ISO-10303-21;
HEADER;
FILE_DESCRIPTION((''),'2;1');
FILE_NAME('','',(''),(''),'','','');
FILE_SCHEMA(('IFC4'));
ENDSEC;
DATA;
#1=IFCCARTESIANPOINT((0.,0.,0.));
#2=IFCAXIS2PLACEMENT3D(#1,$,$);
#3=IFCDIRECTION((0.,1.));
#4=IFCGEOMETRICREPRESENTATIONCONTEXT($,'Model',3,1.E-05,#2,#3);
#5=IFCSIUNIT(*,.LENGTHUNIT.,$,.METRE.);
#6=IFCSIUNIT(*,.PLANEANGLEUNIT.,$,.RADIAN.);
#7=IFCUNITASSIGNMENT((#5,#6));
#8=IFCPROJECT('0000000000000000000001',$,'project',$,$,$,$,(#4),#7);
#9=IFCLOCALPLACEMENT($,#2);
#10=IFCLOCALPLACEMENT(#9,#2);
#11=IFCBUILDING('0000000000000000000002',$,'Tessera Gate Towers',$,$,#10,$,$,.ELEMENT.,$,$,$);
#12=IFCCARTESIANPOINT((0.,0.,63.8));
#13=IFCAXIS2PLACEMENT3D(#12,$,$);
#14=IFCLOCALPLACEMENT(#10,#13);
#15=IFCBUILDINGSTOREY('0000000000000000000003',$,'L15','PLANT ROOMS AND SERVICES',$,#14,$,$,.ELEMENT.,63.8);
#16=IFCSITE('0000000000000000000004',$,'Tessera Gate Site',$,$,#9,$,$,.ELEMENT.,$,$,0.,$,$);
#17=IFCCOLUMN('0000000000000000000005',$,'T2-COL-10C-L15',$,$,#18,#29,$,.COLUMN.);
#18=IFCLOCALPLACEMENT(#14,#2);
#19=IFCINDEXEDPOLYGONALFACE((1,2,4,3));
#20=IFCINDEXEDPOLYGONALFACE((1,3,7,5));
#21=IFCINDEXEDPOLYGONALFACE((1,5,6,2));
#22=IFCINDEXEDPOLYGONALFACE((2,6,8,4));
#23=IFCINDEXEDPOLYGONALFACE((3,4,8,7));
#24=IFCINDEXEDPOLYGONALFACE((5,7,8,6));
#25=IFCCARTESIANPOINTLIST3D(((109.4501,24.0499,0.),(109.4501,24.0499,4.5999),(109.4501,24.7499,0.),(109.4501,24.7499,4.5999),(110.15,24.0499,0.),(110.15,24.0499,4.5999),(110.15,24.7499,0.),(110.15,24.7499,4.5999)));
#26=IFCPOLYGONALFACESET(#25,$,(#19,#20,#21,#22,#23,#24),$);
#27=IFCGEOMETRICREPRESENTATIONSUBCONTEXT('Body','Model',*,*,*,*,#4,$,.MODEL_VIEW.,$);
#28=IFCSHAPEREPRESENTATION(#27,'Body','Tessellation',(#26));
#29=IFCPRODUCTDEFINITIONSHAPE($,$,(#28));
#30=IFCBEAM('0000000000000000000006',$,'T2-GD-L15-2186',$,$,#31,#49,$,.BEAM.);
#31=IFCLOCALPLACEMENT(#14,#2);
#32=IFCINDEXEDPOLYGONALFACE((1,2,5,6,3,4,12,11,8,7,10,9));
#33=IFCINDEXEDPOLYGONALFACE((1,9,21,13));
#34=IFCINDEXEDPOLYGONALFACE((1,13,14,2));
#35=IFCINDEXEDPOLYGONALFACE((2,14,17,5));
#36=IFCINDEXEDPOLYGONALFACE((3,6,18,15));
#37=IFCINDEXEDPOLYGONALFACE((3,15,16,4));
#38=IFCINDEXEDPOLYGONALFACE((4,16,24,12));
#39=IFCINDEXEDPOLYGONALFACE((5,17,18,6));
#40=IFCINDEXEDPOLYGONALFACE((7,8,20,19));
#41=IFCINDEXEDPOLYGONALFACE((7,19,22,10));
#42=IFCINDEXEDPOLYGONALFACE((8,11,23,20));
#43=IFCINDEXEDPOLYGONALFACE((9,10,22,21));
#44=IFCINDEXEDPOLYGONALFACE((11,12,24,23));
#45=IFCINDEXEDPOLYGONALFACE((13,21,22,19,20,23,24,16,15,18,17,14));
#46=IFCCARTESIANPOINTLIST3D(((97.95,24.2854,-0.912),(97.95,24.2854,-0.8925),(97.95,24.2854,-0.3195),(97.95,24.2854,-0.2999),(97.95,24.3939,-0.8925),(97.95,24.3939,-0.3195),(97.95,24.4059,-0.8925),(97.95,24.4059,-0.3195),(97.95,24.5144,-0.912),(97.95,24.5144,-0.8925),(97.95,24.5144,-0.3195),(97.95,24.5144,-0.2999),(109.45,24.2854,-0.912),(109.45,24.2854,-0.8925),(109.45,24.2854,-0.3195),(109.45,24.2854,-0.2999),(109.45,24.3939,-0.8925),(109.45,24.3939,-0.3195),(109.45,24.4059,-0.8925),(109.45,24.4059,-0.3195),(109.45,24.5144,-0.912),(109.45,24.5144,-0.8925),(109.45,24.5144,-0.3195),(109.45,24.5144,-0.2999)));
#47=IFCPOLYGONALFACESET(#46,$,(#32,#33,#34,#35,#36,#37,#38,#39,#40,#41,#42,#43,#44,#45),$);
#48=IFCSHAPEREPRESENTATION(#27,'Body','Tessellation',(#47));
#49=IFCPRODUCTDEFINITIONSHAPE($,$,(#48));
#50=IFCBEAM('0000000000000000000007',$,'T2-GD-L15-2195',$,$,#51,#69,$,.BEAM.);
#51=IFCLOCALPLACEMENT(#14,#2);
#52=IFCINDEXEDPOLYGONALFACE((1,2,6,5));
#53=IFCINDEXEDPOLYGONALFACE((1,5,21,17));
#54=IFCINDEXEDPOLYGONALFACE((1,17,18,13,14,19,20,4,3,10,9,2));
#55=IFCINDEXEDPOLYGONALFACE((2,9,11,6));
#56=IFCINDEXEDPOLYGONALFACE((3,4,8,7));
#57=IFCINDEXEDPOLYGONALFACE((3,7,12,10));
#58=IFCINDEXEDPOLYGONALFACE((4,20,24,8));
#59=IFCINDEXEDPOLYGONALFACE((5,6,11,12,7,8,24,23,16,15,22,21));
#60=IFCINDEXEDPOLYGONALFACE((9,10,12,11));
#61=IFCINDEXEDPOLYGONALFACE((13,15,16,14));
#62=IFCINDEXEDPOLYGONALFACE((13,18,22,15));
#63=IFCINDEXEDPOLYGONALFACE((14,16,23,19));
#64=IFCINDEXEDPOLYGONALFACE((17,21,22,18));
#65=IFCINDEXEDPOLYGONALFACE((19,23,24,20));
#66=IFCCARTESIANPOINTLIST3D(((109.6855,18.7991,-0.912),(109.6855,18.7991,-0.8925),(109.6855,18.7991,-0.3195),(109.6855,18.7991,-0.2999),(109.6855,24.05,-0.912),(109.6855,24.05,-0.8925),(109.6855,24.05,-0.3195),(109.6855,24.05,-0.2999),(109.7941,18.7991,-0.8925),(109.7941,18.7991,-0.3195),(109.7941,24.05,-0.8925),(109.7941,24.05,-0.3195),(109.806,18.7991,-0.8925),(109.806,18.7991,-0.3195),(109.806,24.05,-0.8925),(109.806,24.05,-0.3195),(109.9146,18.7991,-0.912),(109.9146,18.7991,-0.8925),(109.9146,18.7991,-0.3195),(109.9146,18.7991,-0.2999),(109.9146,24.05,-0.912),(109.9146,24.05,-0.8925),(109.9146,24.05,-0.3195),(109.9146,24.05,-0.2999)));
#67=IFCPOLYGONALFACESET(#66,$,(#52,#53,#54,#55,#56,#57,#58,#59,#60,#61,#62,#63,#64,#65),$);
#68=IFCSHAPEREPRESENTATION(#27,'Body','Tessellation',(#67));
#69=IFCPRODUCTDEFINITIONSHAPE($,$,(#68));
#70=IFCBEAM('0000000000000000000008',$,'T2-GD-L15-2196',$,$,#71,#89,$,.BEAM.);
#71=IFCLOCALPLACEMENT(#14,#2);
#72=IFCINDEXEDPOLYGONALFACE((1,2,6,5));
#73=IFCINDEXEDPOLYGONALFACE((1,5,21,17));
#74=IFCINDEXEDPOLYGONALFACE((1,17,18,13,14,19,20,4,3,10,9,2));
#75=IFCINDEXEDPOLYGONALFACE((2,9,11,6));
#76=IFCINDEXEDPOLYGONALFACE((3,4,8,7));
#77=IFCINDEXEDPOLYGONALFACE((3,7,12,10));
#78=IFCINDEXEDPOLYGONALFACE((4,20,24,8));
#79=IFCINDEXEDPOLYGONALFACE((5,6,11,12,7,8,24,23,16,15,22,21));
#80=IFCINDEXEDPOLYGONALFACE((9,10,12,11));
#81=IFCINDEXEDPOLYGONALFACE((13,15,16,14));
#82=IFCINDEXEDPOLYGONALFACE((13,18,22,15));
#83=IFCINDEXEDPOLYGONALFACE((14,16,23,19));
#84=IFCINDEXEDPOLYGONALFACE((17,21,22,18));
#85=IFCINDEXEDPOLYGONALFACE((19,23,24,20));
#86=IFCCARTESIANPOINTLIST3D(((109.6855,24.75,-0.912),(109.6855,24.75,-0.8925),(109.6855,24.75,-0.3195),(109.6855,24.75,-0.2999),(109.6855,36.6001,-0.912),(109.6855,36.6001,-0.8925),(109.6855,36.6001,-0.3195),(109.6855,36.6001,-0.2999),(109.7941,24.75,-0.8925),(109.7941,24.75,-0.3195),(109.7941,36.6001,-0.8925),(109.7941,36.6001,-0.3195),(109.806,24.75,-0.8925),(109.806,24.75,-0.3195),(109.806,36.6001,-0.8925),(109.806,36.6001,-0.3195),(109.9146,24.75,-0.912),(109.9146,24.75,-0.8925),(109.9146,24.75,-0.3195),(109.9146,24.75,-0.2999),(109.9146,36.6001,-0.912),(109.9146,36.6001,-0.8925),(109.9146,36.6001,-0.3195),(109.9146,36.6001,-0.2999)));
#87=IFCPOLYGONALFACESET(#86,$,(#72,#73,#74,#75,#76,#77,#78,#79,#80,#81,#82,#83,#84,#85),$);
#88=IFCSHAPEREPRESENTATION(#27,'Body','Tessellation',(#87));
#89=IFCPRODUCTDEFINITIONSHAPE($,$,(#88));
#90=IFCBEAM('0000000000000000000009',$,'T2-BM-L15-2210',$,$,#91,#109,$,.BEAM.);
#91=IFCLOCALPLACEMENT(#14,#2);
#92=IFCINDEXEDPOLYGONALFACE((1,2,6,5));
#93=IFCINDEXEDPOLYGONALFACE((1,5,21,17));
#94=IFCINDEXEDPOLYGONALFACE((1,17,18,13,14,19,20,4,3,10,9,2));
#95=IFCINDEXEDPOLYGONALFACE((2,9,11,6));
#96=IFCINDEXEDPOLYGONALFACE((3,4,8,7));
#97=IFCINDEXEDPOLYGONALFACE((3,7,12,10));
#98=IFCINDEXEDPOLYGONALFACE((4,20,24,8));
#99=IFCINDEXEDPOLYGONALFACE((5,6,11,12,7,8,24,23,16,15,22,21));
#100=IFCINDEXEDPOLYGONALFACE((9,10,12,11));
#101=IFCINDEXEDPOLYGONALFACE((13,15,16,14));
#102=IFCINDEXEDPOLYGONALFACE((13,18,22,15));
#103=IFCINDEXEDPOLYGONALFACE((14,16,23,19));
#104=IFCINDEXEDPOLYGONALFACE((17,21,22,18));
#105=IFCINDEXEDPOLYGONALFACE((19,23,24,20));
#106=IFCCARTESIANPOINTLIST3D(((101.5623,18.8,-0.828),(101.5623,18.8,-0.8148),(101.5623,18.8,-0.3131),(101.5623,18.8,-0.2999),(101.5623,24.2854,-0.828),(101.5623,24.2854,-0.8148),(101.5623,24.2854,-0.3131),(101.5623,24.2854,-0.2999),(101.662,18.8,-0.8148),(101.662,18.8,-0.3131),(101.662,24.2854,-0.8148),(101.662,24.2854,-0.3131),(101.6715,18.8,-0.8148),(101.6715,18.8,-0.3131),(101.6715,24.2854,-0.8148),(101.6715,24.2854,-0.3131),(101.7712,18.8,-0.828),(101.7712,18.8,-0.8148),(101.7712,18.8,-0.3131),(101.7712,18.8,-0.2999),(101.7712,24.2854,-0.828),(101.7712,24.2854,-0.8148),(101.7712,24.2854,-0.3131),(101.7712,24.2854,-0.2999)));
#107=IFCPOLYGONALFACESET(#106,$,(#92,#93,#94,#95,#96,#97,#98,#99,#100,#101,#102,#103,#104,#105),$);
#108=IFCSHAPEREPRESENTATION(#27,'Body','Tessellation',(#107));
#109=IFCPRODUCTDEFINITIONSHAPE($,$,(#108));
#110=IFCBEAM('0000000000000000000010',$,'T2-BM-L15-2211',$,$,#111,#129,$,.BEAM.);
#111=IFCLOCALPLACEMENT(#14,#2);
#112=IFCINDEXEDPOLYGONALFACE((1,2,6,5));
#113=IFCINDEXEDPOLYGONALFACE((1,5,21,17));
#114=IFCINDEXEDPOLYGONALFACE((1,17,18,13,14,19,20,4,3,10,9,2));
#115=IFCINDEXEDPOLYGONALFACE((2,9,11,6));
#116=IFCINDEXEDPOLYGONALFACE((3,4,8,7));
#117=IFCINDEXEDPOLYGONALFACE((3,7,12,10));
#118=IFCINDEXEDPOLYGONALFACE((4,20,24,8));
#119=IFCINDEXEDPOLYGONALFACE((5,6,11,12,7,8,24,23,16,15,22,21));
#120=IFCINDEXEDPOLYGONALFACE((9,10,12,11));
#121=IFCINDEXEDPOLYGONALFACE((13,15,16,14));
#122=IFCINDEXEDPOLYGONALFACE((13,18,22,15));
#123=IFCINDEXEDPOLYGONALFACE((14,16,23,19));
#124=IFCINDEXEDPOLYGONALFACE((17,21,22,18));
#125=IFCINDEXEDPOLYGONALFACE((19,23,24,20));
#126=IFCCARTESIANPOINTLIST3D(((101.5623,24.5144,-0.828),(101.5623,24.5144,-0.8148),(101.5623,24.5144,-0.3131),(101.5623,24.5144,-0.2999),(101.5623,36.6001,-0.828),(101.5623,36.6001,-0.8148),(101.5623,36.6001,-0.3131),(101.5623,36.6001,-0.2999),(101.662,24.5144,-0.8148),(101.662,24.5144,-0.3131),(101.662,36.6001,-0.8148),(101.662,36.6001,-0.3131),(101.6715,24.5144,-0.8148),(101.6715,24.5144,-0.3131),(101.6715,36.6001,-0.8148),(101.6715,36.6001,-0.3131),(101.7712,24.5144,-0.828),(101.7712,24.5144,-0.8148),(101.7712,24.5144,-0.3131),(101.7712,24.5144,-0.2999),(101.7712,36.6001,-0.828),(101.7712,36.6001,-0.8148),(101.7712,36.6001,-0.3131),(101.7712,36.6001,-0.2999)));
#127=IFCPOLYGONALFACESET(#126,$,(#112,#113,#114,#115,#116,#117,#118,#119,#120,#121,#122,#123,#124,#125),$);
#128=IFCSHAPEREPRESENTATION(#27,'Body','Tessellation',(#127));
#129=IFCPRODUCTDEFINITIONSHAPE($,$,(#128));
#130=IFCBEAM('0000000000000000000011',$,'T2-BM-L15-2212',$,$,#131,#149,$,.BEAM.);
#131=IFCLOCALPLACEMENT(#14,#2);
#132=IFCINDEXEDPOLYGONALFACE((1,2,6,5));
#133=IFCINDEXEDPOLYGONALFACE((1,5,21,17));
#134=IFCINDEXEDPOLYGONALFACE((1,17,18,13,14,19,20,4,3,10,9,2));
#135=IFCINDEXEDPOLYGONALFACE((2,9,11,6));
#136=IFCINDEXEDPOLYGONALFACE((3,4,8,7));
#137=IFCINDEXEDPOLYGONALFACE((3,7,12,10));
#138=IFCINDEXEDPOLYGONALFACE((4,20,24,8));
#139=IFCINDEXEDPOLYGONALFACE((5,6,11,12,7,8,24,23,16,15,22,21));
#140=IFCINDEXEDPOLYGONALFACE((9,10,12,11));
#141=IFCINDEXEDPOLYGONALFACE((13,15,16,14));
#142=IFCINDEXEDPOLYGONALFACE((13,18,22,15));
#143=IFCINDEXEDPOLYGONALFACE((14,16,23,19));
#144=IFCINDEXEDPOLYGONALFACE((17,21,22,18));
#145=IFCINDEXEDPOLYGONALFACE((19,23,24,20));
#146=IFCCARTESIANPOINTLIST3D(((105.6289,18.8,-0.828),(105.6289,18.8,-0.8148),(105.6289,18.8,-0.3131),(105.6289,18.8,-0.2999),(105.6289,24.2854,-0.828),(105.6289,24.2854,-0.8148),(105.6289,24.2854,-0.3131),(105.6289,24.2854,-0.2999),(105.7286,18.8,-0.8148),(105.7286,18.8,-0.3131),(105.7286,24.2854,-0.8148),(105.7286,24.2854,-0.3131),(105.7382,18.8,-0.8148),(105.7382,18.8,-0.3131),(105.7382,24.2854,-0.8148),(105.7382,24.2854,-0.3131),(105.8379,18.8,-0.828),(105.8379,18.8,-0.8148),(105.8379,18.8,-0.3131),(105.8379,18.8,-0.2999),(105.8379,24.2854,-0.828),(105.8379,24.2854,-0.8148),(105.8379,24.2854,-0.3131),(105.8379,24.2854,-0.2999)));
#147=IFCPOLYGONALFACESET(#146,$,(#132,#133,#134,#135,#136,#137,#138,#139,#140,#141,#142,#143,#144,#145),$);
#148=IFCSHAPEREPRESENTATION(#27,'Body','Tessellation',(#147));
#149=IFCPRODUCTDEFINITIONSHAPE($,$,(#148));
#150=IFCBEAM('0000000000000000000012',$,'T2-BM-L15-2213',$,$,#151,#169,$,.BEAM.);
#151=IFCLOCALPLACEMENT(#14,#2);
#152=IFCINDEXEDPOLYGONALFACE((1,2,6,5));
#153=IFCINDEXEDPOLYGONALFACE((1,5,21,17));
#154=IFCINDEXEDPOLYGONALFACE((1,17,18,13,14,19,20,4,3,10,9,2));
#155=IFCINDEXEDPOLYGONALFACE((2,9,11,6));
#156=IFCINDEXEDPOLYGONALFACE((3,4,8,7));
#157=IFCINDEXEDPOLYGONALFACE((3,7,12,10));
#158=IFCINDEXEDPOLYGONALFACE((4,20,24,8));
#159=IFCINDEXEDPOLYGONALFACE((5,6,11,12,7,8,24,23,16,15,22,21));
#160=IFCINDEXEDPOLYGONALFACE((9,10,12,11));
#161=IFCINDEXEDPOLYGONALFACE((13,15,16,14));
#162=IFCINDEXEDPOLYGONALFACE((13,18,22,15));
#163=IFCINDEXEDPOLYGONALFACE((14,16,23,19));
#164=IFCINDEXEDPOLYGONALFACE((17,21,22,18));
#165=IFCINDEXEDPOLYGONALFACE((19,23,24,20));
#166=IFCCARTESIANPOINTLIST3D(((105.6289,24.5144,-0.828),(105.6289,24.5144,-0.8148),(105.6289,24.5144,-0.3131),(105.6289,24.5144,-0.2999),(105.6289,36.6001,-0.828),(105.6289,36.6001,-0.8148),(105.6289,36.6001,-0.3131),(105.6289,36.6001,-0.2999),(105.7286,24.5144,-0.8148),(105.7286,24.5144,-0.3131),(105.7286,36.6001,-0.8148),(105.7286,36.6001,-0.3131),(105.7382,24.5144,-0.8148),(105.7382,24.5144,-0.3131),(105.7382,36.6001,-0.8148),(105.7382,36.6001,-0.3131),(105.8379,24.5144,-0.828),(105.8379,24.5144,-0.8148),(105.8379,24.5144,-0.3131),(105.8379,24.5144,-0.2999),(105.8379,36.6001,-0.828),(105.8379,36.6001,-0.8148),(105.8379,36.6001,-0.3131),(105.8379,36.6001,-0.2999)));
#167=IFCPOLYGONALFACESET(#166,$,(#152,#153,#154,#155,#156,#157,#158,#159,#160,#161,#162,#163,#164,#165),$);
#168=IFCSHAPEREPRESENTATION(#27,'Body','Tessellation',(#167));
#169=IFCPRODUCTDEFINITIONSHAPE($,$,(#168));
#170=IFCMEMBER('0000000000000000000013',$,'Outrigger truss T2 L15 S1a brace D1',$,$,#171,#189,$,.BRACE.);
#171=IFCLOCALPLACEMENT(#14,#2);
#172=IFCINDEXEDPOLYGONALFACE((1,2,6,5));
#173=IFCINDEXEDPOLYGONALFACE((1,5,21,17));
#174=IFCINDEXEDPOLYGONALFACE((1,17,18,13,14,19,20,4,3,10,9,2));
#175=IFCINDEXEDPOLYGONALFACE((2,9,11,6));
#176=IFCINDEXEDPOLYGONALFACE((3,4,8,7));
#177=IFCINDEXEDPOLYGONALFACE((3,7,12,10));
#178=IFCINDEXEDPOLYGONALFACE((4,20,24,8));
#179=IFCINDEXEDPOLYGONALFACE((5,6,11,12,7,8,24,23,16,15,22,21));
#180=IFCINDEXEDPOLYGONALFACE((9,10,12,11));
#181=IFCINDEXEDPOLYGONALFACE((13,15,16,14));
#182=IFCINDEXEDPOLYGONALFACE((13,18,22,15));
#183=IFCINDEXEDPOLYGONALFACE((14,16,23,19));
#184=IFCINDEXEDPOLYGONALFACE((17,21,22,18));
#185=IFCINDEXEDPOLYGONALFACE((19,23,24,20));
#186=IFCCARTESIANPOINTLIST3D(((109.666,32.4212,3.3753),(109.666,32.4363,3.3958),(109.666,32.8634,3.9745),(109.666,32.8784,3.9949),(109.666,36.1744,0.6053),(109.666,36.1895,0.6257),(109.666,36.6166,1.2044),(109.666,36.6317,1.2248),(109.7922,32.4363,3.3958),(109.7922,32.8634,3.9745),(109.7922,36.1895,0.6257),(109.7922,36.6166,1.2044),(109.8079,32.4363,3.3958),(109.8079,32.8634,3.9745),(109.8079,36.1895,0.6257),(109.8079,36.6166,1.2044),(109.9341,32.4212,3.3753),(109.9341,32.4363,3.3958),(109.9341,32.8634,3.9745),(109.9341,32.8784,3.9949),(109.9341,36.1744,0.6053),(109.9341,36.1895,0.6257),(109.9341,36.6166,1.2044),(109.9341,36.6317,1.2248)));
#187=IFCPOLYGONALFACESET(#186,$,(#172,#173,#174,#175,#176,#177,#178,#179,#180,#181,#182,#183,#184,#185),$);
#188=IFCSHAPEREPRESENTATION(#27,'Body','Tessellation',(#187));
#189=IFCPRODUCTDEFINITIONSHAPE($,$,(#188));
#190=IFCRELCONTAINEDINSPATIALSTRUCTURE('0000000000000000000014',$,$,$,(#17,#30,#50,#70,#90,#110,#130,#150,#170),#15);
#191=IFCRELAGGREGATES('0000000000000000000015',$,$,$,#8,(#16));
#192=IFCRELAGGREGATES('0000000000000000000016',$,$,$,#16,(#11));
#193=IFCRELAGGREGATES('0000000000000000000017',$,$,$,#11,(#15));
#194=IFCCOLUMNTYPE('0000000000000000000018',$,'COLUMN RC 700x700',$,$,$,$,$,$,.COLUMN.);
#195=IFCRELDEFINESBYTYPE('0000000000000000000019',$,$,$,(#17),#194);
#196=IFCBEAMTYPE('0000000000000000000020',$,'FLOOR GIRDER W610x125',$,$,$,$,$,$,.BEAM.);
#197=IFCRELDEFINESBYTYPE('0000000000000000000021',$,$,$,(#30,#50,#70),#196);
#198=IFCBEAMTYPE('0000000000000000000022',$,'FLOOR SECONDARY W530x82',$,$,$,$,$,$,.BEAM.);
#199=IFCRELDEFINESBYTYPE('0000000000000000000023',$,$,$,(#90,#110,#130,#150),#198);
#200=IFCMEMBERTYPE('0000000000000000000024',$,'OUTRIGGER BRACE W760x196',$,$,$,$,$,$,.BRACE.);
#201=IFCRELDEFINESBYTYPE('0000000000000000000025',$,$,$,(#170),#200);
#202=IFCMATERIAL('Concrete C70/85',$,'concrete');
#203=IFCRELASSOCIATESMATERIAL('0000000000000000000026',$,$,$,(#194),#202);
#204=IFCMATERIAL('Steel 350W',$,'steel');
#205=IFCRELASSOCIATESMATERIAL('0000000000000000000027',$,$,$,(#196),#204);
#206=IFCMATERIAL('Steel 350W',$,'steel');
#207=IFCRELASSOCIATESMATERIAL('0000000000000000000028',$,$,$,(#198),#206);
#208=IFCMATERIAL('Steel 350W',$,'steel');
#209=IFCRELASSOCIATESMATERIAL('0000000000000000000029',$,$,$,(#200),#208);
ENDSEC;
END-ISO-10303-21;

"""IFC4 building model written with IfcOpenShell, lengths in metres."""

from ifc_helpers import new_model, si_unit, direction, frame, origin, origin_2d, place, context, subcontext, project, spatial, rectangle, i_section, extrude, material, material_profile, profile_set, type_object, element, save


model = new_model("IFC4")

# Units and contexts
model_context = context("Model", 3, precision=1e-05, world=origin(), true_north=direction((0.0, 1.0)))
body_context = subcontext(model_context, "Body", "Model", "MODEL_VIEW")
ifc_project = project(units=[si_unit("LENGTHUNIT", "METRE"), si_unit("PLANEANGLEUNIT", "RADIAN")], contexts=[model_context])

# Site, building, storey
site_placement = place(None, origin())
site = spatial("IfcSite", under=ifc_project, at=site_placement, Name="Tessera Gate Site", CompositionType="ELEMENT", RefElevation=0.0)
building_placement = place(site_placement, origin())
building = spatial("IfcBuilding", under=site, at=building_placement, Name="Tessera Gate Towers", CompositionType="ELEMENT")
storey_placement = place(building_placement, frame((0.0, 0.0, 63.8)))
storey = spatial("IfcBuildingStorey", under=building, at=storey_placement, Name="L15", Description="PLANT ROOMS AND SERVICES", CompositionType="ELEMENT", Elevation=63.8)

# Column
ifc_material_1 = material(Name="Concrete C70/85", Category="concrete")
ifc_material_profile_1 = material_profile(ifc_material_1, rectangle(XDim=0.7, YDim=0.7, at=origin_2d()), Name="RC 700x700")
ifc_profile_set_1 = profile_set([ifc_material_profile_1], Name="Concrete C70/85")
column_type = type_object("IfcColumnType", Name="COLUMN RC 700x700", PredefinedType="COLUMN", material=ifc_profile_set_1)
column_placement = place(storey_placement, frame((109.8, 24.3999, 0.0), z_axis=(0.0, 0.0, 1.0), x_axis=(1.0, 0.0, 0.0)))
element("IfcColumn", 1, at=column_placement, inside=storey, type_object=column_type, Name="T2-COL-10C-L15", PredefinedType="COLUMN", context=body_context, shape_type="SweptSolid", body=[
    extrude(rectangle(XDim=0.7, YDim=0.7, at=origin_2d()), origin(), (0.0, 0.0, 1.0), 4.5999),
])

# Beams
ifc_material_2 = material(Name="Steel 350W", Category="steel")
ifc_material_profile_2 = material_profile(ifc_material_2, i_section(OverallWidth=0.229, OverallDepth=0.6121, WebThickness=0.012, FlangeThickness=0.0195, at=origin_2d()), Name="W610x125")
ifc_profile_set_2 = profile_set([ifc_material_profile_2], Name="Steel 350W")
beam_type_1 = type_object("IfcBeamType", Name="FLOOR GIRDER W610x125", PredefinedType="BEAM", material=ifc_profile_set_2)
beam_1_placement = place(storey_placement, frame((97.95, 24.3999, -0.606), z_axis=(1.0, 0.0, 0.0), x_axis=(0.0, 1.0, 0.0)))
element("IfcBeam", 2, at=beam_1_placement, inside=storey, type_object=beam_type_1, Name="T2-GD-L15-2186", PredefinedType="BEAM", context=body_context, shape_type="SweptSolid", body=[
    extrude(i_section(OverallWidth=0.229, OverallDepth=0.6121, WebThickness=0.012, FlangeThickness=0.0195, at=origin_2d()), origin(), (0.0, 0.0, 1.0), 11.5),
])
beam_2_placement = place(storey_placement, frame((109.8, 18.7991, -0.606), z_axis=(0.0, 1.0, 0.0), x_axis=(-1.0, 0.0, 0.0)))
element("IfcBeam", 3, at=beam_2_placement, inside=storey, type_object=beam_type_1, Name="T2-GD-L15-2195", PredefinedType="BEAM", context=body_context, shape_type="SweptSolid", body=[
    extrude(i_section(OverallWidth=0.229, OverallDepth=0.6121, WebThickness=0.012, FlangeThickness=0.0195, at=origin_2d()), origin(), (0.0, 0.0, 1.0), 5.251),
])
beam_3_placement = place(storey_placement, frame((109.8, 24.75, -0.606), z_axis=(0.0, 1.0, 0.0), x_axis=(-1.0, 0.0, 0.0)))
element("IfcBeam", 4, at=beam_3_placement, inside=storey, type_object=beam_type_1, Name="T2-GD-L15-2196", PredefinedType="BEAM", context=body_context, shape_type="SweptSolid", body=[
    extrude(i_section(OverallWidth=0.229, OverallDepth=0.6121, WebThickness=0.012, FlangeThickness=0.0195, at=origin_2d()), origin(), (0.0, 0.0, 1.0), 11.8501),
])
ifc_material_3 = material(Name="Steel 350W", Category="steel")
ifc_material_profile_3 = material_profile(ifc_material_3, i_section(OverallWidth=0.209, OverallDepth=0.5281, WebThickness=0.0095, FlangeThickness=0.0132, at=origin_2d()), Name="W530x82")
ifc_profile_set_3 = profile_set([ifc_material_profile_3], Name="Steel 350W")
beam_type_2 = type_object("IfcBeamType", Name="FLOOR SECONDARY W530x82", PredefinedType="BEAM", material=ifc_profile_set_3)
beam_4_placement = place(storey_placement, frame((101.6667, 18.8, -0.564), z_axis=(0.0, 1.0, 0.0), x_axis=(-1.0, 0.0, 0.0)))
element("IfcBeam", 5, at=beam_4_placement, inside=storey, type_object=beam_type_2, Name="T2-BM-L15-2210", PredefinedType="BEAM", context=body_context, shape_type="SweptSolid", body=[
    extrude(i_section(OverallWidth=0.209, OverallDepth=0.5281, WebThickness=0.0095, FlangeThickness=0.0132, at=origin_2d()), origin(), (0.0, 0.0, 1.0), 5.4854),
])
beam_5_placement = place(storey_placement, frame((101.6667, 24.5144, -0.564), z_axis=(0.0, 1.0, 0.0), x_axis=(-1.0, 0.0, 0.0)))
element("IfcBeam", 6, at=beam_5_placement, inside=storey, type_object=beam_type_2, Name="T2-BM-L15-2211", PredefinedType="BEAM", context=body_context, shape_type="SweptSolid", body=[
    extrude(i_section(OverallWidth=0.209, OverallDepth=0.5281, WebThickness=0.0095, FlangeThickness=0.0132, at=origin_2d()), origin(), (0.0, 0.0, 1.0), 12.0857),
])
beam_6_placement = place(storey_placement, frame((105.7334, 18.8, -0.564), z_axis=(0.0, 1.0, 0.0), x_axis=(-1.0, 0.0, 0.0)))
element("IfcBeam", 7, at=beam_6_placement, inside=storey, type_object=beam_type_2, Name="T2-BM-L15-2212", PredefinedType="BEAM", context=body_context, shape_type="SweptSolid", body=[
    extrude(i_section(OverallWidth=0.209, OverallDepth=0.5281, WebThickness=0.0095, FlangeThickness=0.0132, at=origin_2d()), origin(), (0.0, 0.0, 1.0), 5.4854),
])
beam_7_placement = place(storey_placement, frame((105.7334, 24.5144, -0.564), z_axis=(0.0, 1.0, 0.0), x_axis=(-1.0, 0.0, 0.0)))
element("IfcBeam", 8, at=beam_7_placement, inside=storey, type_object=beam_type_2, Name="T2-BM-L15-2213", PredefinedType="BEAM", context=body_context, shape_type="SweptSolid", body=[
    extrude(i_section(OverallWidth=0.209, OverallDepth=0.5281, WebThickness=0.0095, FlangeThickness=0.0132, at=origin_2d()), origin(), (0.0, 0.0, 1.0), 12.0857),
])

# Member
ifc_material_4 = material(Name="Steel 350W", Category="steel")
ifc_material_profile_4 = material_profile(ifc_material_4, i_section(OverallWidth=0.2681, OverallDepth=0.77, WebThickness=0.0156, FlangeThickness=0.0254, at=origin_2d()), Name="W760x196")
ifc_profile_set_4 = profile_set([ifc_material_profile_4], Name="Steel 350W")
member_type_1 = type_object("IfcMemberType", Name="OUTRIGGER BRACE W760x196", PredefinedType="BRACE", material=ifc_profile_set_4)
member_placement = place(storey_placement, frame((109.8, 36.4031, 0.915), z_axis=(0.0, -0.804593, 0.593827), x_axis=(1.0, 0.0, 0.0)))
element("IfcMember", 9, at=member_placement, inside=storey, type_object=member_type_1, Name="Outrigger truss T2 L15 S1a brace D1", PredefinedType="BRACE", context=body_context, shape_type="SweptSolid", body=[
    extrude(i_section(OverallWidth=0.2681, OverallDepth=0.77, WebThickness=0.0156, FlangeThickness=0.0254, at=origin_2d()), origin(), (0.0, 0.0, 1.0), 4.6648),
])

save(model, "model.ifc")
